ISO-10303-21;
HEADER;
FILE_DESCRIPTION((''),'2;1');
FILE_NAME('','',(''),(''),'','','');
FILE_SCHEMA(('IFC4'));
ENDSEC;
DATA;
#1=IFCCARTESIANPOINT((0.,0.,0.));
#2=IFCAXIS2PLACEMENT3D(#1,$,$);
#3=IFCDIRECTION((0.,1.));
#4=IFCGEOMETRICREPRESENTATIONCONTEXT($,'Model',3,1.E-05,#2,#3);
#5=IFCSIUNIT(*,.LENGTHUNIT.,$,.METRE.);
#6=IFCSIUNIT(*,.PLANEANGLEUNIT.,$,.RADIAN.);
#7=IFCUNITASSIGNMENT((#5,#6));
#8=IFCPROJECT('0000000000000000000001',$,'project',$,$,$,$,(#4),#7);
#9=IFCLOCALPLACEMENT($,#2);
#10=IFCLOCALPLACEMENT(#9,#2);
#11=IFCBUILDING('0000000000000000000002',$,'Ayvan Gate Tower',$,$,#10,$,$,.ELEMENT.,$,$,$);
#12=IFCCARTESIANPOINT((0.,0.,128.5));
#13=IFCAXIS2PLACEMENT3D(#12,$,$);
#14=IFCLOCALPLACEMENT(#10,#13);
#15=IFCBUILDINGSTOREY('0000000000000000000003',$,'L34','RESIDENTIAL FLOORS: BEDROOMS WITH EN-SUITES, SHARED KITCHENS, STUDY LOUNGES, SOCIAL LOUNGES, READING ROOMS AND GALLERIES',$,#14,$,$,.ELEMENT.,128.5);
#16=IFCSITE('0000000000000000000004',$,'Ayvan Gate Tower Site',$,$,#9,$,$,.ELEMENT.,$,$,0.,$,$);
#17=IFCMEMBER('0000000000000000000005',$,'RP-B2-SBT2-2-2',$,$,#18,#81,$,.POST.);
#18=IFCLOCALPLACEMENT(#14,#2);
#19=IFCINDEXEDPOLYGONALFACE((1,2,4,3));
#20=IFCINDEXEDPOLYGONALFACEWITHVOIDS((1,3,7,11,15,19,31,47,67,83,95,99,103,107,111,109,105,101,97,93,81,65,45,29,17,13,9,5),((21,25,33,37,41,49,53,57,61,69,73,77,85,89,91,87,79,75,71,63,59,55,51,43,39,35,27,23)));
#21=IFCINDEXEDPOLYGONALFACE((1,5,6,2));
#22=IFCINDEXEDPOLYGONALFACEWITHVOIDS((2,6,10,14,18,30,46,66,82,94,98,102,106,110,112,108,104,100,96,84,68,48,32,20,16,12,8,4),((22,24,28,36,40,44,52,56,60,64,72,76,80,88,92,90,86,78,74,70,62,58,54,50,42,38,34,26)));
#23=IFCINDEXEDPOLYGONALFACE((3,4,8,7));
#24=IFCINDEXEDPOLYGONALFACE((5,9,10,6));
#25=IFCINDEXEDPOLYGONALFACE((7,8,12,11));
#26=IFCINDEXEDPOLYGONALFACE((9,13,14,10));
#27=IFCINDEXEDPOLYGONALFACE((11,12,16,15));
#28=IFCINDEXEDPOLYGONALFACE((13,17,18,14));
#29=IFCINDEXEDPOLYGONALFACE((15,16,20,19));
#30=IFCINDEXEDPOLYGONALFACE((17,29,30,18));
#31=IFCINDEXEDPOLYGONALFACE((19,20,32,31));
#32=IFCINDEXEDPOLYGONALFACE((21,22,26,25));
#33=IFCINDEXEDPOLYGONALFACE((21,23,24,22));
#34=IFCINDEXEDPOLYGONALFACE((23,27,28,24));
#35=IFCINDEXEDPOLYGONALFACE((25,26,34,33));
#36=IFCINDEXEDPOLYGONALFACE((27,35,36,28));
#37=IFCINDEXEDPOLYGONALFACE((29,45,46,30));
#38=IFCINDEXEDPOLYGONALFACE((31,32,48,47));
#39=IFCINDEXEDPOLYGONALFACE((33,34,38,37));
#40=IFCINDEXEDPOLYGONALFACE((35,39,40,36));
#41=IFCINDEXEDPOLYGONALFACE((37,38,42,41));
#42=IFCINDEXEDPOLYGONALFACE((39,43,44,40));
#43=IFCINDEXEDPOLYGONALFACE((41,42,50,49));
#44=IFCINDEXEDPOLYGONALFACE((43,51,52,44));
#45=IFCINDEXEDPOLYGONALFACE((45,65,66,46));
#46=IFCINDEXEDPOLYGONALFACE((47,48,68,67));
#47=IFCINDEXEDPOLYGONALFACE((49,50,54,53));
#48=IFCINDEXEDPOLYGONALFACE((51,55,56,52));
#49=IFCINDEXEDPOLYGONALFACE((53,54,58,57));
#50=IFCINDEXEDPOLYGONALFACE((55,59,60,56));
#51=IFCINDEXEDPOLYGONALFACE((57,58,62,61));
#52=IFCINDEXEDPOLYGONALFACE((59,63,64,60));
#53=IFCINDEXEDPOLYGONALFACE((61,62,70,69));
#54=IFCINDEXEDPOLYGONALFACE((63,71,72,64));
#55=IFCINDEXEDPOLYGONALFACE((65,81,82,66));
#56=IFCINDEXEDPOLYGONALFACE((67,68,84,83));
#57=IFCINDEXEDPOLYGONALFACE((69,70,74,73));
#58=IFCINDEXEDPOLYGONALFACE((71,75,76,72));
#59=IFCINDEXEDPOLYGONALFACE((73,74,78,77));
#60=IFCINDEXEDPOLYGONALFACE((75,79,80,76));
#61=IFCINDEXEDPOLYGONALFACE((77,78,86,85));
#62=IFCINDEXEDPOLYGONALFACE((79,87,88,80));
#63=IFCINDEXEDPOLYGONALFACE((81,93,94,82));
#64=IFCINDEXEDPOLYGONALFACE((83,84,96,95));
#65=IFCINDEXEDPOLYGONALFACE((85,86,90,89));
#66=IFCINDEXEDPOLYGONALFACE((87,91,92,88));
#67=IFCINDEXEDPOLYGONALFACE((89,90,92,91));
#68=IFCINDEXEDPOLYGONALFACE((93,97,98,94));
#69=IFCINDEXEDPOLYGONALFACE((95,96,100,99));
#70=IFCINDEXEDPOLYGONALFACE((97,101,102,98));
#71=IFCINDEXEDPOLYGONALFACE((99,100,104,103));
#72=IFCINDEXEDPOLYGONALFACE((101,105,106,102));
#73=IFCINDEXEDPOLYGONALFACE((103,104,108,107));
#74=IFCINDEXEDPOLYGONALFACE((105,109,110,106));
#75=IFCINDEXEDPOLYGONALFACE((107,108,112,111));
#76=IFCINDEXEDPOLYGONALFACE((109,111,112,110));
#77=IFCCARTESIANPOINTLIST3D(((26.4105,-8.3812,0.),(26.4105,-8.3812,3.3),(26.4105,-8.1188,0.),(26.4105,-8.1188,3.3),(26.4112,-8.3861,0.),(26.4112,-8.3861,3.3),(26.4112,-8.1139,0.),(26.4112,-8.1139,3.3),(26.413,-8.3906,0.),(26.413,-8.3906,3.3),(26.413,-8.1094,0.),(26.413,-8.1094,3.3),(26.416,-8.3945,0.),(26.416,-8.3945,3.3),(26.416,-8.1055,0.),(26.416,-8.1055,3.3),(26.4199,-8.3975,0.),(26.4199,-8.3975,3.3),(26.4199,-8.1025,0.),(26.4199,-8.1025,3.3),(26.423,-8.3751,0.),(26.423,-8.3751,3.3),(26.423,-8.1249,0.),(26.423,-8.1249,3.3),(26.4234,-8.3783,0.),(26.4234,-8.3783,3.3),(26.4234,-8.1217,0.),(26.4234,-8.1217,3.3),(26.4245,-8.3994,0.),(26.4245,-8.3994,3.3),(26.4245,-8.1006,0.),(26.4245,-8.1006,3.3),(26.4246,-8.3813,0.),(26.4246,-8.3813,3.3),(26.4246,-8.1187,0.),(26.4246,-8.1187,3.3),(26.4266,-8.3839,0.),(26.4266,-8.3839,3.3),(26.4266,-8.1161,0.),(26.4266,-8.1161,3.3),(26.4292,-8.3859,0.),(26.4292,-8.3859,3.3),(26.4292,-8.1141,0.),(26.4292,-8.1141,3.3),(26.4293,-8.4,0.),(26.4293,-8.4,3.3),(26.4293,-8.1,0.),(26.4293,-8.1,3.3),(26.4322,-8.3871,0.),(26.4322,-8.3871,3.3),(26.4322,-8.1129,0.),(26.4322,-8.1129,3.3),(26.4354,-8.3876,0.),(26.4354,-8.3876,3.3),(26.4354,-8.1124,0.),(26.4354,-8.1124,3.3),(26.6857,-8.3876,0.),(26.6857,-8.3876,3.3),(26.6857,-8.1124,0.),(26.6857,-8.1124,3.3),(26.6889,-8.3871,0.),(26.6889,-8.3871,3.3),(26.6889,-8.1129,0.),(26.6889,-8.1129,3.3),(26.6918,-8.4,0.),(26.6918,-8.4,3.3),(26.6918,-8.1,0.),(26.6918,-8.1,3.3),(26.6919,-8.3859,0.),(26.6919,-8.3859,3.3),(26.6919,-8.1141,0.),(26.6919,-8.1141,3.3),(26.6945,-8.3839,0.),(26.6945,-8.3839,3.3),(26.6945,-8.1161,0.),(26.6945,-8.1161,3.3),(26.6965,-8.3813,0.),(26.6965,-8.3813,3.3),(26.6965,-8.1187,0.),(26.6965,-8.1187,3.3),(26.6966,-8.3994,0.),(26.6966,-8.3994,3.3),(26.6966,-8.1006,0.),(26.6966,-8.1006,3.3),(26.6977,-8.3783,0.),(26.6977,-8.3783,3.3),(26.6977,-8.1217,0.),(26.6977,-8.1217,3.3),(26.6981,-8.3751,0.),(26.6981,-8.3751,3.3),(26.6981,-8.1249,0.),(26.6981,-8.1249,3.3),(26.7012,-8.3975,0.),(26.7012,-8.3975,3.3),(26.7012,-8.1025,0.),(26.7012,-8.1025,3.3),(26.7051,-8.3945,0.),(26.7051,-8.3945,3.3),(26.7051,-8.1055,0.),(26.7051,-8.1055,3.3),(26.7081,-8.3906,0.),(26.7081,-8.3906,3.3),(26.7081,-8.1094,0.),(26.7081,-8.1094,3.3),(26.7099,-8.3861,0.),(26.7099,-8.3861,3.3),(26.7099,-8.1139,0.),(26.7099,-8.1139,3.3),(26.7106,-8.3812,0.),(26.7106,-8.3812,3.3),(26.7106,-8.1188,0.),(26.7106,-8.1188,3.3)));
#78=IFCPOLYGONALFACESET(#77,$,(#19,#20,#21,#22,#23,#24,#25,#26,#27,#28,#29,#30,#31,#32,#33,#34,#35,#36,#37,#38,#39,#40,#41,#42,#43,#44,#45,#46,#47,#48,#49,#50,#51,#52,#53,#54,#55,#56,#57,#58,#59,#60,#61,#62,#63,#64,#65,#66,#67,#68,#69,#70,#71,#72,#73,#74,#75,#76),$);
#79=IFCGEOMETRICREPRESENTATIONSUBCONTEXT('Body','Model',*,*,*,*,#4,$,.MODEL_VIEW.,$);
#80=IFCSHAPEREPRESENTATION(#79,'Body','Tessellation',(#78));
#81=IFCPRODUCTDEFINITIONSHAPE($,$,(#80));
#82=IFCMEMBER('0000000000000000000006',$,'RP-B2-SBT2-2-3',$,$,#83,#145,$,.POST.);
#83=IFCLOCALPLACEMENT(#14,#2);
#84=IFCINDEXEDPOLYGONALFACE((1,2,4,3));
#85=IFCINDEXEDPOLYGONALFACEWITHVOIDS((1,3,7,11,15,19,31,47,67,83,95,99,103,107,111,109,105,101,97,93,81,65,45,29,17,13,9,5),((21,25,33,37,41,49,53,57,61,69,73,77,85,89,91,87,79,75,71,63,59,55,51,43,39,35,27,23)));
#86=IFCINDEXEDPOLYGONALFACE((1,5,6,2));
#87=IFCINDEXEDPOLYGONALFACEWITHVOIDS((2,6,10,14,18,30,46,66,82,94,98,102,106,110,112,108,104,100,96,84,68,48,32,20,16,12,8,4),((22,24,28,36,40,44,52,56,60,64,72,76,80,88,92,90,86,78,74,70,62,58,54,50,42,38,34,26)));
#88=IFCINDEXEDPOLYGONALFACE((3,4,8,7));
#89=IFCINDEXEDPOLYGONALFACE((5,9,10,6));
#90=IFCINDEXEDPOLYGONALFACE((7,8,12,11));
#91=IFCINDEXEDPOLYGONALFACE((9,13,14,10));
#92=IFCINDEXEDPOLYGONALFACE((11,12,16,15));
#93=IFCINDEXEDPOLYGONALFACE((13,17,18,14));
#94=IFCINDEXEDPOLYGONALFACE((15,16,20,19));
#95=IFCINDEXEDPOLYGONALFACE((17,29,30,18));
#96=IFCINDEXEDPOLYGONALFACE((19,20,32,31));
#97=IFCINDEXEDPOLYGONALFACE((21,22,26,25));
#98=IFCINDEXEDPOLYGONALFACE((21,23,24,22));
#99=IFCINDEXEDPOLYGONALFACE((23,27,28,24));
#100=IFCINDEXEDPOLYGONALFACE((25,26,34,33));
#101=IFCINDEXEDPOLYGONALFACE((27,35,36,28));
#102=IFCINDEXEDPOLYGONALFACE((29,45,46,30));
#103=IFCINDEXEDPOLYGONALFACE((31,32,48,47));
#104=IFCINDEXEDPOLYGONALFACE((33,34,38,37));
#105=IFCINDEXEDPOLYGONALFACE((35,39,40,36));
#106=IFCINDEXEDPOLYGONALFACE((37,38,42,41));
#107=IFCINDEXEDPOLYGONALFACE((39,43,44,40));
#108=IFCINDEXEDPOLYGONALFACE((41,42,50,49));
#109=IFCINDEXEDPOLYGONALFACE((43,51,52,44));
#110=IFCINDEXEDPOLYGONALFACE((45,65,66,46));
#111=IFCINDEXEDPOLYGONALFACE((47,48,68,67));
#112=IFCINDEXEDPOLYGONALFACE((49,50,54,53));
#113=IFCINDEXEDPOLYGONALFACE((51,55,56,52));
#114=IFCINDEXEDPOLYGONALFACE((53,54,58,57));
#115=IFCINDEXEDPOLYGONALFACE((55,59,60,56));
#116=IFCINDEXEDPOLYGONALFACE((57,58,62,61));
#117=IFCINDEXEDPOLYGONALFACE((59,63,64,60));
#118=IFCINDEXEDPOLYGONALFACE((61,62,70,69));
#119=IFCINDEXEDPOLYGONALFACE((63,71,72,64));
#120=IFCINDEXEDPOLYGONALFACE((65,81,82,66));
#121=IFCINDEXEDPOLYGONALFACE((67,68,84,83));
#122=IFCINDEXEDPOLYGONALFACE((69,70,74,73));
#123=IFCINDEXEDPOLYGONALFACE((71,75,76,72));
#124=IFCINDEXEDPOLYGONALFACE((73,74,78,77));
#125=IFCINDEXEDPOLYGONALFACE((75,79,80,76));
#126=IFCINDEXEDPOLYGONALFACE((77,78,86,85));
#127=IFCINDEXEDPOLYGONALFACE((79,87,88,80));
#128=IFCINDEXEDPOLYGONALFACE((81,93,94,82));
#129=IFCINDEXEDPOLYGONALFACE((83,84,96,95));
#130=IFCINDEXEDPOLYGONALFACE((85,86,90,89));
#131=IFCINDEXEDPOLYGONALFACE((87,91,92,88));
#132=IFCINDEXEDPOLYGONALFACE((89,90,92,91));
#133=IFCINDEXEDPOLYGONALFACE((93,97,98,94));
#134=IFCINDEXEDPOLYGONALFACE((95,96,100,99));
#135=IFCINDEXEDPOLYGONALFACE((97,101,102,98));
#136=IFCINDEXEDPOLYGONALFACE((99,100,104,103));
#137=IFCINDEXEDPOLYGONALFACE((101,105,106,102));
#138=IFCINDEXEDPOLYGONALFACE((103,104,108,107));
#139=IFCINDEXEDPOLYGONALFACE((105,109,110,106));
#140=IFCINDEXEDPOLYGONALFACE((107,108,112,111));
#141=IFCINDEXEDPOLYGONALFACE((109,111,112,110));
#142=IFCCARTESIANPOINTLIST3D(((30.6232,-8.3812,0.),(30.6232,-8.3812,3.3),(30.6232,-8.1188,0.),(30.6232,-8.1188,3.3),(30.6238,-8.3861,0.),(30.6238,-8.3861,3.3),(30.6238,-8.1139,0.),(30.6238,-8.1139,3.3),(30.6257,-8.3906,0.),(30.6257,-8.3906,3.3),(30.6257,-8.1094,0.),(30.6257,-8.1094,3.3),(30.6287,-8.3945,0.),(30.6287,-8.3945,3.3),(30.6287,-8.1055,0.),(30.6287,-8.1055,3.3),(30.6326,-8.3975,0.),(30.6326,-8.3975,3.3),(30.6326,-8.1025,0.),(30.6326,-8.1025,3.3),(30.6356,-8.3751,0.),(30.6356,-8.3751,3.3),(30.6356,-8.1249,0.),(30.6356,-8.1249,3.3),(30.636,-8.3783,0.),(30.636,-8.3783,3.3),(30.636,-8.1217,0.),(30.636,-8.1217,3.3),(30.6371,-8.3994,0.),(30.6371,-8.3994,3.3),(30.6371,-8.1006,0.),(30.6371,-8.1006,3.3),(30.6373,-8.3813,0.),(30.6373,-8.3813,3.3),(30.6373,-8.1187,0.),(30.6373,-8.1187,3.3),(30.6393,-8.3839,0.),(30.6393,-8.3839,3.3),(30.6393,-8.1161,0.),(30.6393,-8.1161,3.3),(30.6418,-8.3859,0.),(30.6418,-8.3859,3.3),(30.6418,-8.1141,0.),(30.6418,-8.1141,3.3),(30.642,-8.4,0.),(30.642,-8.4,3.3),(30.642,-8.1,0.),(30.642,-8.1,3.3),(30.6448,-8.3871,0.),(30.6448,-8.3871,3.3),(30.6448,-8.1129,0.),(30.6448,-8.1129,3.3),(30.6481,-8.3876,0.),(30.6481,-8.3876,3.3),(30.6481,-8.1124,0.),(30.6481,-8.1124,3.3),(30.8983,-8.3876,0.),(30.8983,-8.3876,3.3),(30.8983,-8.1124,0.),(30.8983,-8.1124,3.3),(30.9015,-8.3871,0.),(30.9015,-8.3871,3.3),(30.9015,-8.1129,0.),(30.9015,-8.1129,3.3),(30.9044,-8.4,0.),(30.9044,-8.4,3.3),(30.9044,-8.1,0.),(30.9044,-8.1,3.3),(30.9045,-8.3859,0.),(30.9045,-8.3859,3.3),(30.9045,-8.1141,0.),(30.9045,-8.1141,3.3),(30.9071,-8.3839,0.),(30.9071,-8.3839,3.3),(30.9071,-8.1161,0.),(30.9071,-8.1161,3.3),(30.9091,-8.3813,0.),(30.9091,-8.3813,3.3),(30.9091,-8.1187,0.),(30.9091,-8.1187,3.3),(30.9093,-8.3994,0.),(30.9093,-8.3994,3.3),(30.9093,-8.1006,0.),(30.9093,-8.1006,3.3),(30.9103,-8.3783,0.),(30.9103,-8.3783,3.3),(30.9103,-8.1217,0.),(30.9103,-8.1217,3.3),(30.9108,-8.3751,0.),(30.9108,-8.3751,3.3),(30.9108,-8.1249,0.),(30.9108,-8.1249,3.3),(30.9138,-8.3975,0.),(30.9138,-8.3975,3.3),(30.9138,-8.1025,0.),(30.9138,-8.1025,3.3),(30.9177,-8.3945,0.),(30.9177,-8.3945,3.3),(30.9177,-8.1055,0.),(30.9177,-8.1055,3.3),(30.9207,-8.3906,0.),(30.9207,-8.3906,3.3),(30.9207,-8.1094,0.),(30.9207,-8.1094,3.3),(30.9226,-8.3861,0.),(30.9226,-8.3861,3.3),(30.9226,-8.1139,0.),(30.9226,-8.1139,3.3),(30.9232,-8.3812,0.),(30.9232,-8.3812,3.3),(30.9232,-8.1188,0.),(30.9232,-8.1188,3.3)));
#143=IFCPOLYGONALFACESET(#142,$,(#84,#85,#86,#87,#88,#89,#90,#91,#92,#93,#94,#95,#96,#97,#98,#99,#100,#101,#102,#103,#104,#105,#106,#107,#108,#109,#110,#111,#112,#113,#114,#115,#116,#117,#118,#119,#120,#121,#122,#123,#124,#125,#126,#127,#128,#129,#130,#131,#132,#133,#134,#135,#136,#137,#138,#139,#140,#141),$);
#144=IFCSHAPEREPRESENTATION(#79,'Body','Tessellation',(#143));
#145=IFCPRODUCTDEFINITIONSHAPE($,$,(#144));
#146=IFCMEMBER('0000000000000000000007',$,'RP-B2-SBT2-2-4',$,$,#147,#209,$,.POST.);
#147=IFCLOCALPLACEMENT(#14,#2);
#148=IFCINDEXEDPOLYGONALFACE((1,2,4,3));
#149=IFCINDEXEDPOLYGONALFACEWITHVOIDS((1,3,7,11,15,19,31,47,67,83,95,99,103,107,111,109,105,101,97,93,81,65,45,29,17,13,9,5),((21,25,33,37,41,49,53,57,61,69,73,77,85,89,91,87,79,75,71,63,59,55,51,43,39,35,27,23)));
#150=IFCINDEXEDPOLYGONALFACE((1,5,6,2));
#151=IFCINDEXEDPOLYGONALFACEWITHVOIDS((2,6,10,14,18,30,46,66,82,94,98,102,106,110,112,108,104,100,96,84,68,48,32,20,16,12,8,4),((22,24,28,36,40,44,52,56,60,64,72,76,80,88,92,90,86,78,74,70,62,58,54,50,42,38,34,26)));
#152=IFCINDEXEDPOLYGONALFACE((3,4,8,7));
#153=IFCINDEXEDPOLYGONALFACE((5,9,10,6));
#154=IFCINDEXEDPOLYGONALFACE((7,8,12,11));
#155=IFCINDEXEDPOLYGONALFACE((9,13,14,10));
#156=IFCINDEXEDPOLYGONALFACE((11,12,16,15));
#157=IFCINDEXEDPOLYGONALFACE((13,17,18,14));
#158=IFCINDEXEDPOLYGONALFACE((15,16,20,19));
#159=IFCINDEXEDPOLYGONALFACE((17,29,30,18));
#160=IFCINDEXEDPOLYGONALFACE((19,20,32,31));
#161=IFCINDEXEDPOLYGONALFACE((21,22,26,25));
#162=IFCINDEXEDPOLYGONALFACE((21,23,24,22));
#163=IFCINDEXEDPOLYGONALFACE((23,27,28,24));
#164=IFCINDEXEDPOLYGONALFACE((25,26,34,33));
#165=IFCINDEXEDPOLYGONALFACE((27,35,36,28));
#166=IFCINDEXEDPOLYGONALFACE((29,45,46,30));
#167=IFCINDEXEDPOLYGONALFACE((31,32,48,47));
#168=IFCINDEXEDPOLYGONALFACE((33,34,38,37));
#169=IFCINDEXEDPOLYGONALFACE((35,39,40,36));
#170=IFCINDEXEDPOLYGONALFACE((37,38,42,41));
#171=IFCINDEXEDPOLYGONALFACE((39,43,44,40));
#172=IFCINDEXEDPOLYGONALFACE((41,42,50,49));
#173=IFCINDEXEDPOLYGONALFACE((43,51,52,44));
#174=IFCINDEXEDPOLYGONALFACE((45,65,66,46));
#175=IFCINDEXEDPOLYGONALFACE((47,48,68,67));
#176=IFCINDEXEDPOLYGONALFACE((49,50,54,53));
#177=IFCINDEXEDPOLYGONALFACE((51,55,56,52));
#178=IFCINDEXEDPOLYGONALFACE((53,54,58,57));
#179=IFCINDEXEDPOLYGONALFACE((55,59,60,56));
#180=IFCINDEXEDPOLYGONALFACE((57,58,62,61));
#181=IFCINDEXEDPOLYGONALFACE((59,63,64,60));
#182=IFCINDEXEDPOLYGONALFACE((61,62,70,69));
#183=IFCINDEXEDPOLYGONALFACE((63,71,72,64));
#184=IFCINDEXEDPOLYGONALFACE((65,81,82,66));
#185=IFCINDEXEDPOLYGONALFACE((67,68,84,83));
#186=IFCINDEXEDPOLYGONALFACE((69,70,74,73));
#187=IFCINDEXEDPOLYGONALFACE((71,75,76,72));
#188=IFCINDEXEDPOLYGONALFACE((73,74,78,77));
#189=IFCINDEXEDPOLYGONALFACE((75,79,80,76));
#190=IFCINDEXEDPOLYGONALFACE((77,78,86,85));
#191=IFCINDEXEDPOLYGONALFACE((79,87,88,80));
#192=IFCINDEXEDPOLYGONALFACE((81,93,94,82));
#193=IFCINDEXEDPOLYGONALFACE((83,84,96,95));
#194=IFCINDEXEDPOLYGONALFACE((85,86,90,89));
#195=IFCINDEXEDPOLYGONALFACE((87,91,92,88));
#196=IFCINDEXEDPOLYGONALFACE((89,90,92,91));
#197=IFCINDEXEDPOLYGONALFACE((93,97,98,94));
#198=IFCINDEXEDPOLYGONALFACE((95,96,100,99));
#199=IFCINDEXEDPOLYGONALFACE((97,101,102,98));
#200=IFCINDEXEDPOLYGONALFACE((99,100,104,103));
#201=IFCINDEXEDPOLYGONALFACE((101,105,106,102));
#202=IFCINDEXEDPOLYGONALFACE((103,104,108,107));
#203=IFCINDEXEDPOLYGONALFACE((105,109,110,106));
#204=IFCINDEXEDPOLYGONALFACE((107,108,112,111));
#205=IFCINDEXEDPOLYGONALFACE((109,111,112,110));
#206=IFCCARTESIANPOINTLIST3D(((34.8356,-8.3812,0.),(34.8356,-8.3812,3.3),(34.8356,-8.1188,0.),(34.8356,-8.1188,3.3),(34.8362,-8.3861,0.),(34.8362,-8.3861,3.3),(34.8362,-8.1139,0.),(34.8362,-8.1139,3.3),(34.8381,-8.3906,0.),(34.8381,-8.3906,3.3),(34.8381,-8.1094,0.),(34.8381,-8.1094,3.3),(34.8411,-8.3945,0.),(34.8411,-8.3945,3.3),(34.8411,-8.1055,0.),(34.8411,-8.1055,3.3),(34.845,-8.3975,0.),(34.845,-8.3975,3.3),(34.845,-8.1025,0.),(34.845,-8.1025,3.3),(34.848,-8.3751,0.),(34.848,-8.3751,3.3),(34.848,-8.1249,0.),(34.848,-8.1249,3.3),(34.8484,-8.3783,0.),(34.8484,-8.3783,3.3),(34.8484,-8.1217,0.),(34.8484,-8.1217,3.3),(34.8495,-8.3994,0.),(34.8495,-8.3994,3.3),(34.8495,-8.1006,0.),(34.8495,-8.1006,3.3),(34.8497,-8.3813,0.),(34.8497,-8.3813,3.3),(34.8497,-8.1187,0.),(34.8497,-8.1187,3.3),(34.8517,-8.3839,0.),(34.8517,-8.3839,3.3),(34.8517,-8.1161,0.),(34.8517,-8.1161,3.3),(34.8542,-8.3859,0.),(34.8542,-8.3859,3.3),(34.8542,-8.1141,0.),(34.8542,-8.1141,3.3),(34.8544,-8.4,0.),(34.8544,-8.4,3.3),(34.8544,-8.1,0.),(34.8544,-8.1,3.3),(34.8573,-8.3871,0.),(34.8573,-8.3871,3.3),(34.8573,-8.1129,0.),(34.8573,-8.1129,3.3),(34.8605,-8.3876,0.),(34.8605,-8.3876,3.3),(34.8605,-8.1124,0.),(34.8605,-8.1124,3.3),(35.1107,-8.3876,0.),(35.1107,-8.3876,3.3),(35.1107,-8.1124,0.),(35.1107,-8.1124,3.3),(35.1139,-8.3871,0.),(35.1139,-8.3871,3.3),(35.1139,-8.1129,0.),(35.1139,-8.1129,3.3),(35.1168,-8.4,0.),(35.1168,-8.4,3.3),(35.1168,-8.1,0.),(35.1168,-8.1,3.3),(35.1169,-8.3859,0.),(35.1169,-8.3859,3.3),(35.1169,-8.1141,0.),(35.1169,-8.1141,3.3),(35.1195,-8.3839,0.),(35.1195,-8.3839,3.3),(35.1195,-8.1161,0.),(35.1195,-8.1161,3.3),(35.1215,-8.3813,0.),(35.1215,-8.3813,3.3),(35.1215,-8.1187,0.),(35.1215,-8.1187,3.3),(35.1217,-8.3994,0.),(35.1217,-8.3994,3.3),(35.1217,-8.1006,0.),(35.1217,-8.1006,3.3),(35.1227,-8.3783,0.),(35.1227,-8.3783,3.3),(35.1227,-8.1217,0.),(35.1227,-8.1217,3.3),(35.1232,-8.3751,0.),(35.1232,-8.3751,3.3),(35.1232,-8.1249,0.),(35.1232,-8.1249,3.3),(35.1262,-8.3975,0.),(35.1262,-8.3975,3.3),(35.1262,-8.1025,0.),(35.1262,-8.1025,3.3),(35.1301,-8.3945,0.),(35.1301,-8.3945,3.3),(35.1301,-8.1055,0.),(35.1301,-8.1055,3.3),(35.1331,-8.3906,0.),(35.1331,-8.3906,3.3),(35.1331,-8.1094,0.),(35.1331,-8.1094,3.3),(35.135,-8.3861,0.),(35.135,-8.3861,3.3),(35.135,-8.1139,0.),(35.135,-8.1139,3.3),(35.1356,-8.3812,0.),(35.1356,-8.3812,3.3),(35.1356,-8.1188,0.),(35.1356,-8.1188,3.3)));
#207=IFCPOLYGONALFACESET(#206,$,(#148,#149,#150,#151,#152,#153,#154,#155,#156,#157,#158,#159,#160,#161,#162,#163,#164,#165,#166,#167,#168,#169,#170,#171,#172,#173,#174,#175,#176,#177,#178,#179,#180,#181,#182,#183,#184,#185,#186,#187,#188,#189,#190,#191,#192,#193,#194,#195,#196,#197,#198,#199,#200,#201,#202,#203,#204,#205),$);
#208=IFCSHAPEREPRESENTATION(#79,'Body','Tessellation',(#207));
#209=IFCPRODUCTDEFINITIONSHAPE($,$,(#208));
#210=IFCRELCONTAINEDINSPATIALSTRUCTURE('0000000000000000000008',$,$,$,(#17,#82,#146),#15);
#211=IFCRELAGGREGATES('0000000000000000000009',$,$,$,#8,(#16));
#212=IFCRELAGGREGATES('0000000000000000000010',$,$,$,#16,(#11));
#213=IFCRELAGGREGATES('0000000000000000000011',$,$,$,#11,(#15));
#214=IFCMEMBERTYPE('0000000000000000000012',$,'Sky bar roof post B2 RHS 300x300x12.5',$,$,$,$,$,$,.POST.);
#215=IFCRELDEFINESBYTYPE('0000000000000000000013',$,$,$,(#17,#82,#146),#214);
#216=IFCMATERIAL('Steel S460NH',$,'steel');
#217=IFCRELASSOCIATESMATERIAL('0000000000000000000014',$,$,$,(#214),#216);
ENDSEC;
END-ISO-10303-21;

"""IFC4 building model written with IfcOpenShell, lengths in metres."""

from ifc_helpers import new_model, si_unit, direction, frame, origin, origin_2d, place, context, subcontext, project, spatial, hollow_rectangle, extrude, material, material_profile, profile_set, type_object, element, save


model = new_model("IFC4")

# Units and contexts
model_context = context("Model", 3, precision=1e-05, world=origin(), true_north=direction((0.0, 1.0)))
body_context = subcontext(model_context, "Body", "Model", "MODEL_VIEW")
ifc_project = project(units=[si_unit("LENGTHUNIT", "METRE"), si_unit("PLANEANGLEUNIT", "RADIAN")], contexts=[model_context])

# Site, building, storey
site_placement = place(None, origin())
site = spatial("IfcSite", under=ifc_project, at=site_placement, Name="Ayvan Gate Tower Site", CompositionType="ELEMENT", RefElevation=0.0)
building_placement = place(site_placement, origin())
building = spatial("IfcBuilding", under=site, at=building_placement, Name="Ayvan Gate Tower", CompositionType="ELEMENT")
storey_placement = place(building_placement, frame((0.0, 0.0, 128.5)))
storey = spatial("IfcBuildingStorey", under=building, at=storey_placement, Name="L34", Description="RESIDENTIAL FLOORS: BEDROOMS WITH EN-SUITES, SHARED KITCHENS, STUDY LOUNGES, SOCIAL LOUNGES, READING ROOMS AND GALLERIES", CompositionType="ELEMENT", Elevation=128.5)

# Members
ifc_material_1 = material(Name="Steel S460NH", Category="steel")
ifc_material_profile_1 = material_profile(ifc_material_1, hollow_rectangle(XDim=0.3, YDim=0.3, WallThickness=0.0125, InnerFilletRadius=0.0125, OuterFilletRadius=0.0188, at=origin_2d()), Name="RHS 300x300x12.5")
ifc_profile_set_1 = profile_set([ifc_material_profile_1], Name="Steel S460NH")
member_type_1 = type_object("IfcMemberType", Name="Sky bar roof post B2 RHS 300x300x12.5", PredefinedType="POST", material=ifc_profile_set_1)
for number, where, z_axis, x_axis, name in (
    (1, (26.5605, -8.25, 0.0), (0.0, 0.0, 1.0), (1.0, 0.0, 0.0), "RP-B2-SBT2-2-2"),
    (2, (30.7732, -8.25, 0.0), (0.0, 0.0, 1.0), (1.0, 0.0, 0.0), "RP-B2-SBT2-2-3"),
    (3, (34.9856, -8.25, 0.0), (0.0, 0.0, 1.0), (1.0, 0.0, 0.0), "RP-B2-SBT2-2-4"),
):
    element("IfcMember", number, at=place(storey_placement, frame(where, z_axis=z_axis, x_axis=x_axis)), inside=storey, type_object=member_type_1, Name=name, PredefinedType="POST", context=body_context, shape_type="SweptSolid", body=[
        extrude(hollow_rectangle(XDim=0.3, YDim=0.3, WallThickness=0.0125, InnerFilletRadius=0.0125, OuterFilletRadius=0.0188, at=origin_2d()), origin(), (0.0, 0.0, 1.0), 3.3),
    ])

save(model, "model.ifc")
